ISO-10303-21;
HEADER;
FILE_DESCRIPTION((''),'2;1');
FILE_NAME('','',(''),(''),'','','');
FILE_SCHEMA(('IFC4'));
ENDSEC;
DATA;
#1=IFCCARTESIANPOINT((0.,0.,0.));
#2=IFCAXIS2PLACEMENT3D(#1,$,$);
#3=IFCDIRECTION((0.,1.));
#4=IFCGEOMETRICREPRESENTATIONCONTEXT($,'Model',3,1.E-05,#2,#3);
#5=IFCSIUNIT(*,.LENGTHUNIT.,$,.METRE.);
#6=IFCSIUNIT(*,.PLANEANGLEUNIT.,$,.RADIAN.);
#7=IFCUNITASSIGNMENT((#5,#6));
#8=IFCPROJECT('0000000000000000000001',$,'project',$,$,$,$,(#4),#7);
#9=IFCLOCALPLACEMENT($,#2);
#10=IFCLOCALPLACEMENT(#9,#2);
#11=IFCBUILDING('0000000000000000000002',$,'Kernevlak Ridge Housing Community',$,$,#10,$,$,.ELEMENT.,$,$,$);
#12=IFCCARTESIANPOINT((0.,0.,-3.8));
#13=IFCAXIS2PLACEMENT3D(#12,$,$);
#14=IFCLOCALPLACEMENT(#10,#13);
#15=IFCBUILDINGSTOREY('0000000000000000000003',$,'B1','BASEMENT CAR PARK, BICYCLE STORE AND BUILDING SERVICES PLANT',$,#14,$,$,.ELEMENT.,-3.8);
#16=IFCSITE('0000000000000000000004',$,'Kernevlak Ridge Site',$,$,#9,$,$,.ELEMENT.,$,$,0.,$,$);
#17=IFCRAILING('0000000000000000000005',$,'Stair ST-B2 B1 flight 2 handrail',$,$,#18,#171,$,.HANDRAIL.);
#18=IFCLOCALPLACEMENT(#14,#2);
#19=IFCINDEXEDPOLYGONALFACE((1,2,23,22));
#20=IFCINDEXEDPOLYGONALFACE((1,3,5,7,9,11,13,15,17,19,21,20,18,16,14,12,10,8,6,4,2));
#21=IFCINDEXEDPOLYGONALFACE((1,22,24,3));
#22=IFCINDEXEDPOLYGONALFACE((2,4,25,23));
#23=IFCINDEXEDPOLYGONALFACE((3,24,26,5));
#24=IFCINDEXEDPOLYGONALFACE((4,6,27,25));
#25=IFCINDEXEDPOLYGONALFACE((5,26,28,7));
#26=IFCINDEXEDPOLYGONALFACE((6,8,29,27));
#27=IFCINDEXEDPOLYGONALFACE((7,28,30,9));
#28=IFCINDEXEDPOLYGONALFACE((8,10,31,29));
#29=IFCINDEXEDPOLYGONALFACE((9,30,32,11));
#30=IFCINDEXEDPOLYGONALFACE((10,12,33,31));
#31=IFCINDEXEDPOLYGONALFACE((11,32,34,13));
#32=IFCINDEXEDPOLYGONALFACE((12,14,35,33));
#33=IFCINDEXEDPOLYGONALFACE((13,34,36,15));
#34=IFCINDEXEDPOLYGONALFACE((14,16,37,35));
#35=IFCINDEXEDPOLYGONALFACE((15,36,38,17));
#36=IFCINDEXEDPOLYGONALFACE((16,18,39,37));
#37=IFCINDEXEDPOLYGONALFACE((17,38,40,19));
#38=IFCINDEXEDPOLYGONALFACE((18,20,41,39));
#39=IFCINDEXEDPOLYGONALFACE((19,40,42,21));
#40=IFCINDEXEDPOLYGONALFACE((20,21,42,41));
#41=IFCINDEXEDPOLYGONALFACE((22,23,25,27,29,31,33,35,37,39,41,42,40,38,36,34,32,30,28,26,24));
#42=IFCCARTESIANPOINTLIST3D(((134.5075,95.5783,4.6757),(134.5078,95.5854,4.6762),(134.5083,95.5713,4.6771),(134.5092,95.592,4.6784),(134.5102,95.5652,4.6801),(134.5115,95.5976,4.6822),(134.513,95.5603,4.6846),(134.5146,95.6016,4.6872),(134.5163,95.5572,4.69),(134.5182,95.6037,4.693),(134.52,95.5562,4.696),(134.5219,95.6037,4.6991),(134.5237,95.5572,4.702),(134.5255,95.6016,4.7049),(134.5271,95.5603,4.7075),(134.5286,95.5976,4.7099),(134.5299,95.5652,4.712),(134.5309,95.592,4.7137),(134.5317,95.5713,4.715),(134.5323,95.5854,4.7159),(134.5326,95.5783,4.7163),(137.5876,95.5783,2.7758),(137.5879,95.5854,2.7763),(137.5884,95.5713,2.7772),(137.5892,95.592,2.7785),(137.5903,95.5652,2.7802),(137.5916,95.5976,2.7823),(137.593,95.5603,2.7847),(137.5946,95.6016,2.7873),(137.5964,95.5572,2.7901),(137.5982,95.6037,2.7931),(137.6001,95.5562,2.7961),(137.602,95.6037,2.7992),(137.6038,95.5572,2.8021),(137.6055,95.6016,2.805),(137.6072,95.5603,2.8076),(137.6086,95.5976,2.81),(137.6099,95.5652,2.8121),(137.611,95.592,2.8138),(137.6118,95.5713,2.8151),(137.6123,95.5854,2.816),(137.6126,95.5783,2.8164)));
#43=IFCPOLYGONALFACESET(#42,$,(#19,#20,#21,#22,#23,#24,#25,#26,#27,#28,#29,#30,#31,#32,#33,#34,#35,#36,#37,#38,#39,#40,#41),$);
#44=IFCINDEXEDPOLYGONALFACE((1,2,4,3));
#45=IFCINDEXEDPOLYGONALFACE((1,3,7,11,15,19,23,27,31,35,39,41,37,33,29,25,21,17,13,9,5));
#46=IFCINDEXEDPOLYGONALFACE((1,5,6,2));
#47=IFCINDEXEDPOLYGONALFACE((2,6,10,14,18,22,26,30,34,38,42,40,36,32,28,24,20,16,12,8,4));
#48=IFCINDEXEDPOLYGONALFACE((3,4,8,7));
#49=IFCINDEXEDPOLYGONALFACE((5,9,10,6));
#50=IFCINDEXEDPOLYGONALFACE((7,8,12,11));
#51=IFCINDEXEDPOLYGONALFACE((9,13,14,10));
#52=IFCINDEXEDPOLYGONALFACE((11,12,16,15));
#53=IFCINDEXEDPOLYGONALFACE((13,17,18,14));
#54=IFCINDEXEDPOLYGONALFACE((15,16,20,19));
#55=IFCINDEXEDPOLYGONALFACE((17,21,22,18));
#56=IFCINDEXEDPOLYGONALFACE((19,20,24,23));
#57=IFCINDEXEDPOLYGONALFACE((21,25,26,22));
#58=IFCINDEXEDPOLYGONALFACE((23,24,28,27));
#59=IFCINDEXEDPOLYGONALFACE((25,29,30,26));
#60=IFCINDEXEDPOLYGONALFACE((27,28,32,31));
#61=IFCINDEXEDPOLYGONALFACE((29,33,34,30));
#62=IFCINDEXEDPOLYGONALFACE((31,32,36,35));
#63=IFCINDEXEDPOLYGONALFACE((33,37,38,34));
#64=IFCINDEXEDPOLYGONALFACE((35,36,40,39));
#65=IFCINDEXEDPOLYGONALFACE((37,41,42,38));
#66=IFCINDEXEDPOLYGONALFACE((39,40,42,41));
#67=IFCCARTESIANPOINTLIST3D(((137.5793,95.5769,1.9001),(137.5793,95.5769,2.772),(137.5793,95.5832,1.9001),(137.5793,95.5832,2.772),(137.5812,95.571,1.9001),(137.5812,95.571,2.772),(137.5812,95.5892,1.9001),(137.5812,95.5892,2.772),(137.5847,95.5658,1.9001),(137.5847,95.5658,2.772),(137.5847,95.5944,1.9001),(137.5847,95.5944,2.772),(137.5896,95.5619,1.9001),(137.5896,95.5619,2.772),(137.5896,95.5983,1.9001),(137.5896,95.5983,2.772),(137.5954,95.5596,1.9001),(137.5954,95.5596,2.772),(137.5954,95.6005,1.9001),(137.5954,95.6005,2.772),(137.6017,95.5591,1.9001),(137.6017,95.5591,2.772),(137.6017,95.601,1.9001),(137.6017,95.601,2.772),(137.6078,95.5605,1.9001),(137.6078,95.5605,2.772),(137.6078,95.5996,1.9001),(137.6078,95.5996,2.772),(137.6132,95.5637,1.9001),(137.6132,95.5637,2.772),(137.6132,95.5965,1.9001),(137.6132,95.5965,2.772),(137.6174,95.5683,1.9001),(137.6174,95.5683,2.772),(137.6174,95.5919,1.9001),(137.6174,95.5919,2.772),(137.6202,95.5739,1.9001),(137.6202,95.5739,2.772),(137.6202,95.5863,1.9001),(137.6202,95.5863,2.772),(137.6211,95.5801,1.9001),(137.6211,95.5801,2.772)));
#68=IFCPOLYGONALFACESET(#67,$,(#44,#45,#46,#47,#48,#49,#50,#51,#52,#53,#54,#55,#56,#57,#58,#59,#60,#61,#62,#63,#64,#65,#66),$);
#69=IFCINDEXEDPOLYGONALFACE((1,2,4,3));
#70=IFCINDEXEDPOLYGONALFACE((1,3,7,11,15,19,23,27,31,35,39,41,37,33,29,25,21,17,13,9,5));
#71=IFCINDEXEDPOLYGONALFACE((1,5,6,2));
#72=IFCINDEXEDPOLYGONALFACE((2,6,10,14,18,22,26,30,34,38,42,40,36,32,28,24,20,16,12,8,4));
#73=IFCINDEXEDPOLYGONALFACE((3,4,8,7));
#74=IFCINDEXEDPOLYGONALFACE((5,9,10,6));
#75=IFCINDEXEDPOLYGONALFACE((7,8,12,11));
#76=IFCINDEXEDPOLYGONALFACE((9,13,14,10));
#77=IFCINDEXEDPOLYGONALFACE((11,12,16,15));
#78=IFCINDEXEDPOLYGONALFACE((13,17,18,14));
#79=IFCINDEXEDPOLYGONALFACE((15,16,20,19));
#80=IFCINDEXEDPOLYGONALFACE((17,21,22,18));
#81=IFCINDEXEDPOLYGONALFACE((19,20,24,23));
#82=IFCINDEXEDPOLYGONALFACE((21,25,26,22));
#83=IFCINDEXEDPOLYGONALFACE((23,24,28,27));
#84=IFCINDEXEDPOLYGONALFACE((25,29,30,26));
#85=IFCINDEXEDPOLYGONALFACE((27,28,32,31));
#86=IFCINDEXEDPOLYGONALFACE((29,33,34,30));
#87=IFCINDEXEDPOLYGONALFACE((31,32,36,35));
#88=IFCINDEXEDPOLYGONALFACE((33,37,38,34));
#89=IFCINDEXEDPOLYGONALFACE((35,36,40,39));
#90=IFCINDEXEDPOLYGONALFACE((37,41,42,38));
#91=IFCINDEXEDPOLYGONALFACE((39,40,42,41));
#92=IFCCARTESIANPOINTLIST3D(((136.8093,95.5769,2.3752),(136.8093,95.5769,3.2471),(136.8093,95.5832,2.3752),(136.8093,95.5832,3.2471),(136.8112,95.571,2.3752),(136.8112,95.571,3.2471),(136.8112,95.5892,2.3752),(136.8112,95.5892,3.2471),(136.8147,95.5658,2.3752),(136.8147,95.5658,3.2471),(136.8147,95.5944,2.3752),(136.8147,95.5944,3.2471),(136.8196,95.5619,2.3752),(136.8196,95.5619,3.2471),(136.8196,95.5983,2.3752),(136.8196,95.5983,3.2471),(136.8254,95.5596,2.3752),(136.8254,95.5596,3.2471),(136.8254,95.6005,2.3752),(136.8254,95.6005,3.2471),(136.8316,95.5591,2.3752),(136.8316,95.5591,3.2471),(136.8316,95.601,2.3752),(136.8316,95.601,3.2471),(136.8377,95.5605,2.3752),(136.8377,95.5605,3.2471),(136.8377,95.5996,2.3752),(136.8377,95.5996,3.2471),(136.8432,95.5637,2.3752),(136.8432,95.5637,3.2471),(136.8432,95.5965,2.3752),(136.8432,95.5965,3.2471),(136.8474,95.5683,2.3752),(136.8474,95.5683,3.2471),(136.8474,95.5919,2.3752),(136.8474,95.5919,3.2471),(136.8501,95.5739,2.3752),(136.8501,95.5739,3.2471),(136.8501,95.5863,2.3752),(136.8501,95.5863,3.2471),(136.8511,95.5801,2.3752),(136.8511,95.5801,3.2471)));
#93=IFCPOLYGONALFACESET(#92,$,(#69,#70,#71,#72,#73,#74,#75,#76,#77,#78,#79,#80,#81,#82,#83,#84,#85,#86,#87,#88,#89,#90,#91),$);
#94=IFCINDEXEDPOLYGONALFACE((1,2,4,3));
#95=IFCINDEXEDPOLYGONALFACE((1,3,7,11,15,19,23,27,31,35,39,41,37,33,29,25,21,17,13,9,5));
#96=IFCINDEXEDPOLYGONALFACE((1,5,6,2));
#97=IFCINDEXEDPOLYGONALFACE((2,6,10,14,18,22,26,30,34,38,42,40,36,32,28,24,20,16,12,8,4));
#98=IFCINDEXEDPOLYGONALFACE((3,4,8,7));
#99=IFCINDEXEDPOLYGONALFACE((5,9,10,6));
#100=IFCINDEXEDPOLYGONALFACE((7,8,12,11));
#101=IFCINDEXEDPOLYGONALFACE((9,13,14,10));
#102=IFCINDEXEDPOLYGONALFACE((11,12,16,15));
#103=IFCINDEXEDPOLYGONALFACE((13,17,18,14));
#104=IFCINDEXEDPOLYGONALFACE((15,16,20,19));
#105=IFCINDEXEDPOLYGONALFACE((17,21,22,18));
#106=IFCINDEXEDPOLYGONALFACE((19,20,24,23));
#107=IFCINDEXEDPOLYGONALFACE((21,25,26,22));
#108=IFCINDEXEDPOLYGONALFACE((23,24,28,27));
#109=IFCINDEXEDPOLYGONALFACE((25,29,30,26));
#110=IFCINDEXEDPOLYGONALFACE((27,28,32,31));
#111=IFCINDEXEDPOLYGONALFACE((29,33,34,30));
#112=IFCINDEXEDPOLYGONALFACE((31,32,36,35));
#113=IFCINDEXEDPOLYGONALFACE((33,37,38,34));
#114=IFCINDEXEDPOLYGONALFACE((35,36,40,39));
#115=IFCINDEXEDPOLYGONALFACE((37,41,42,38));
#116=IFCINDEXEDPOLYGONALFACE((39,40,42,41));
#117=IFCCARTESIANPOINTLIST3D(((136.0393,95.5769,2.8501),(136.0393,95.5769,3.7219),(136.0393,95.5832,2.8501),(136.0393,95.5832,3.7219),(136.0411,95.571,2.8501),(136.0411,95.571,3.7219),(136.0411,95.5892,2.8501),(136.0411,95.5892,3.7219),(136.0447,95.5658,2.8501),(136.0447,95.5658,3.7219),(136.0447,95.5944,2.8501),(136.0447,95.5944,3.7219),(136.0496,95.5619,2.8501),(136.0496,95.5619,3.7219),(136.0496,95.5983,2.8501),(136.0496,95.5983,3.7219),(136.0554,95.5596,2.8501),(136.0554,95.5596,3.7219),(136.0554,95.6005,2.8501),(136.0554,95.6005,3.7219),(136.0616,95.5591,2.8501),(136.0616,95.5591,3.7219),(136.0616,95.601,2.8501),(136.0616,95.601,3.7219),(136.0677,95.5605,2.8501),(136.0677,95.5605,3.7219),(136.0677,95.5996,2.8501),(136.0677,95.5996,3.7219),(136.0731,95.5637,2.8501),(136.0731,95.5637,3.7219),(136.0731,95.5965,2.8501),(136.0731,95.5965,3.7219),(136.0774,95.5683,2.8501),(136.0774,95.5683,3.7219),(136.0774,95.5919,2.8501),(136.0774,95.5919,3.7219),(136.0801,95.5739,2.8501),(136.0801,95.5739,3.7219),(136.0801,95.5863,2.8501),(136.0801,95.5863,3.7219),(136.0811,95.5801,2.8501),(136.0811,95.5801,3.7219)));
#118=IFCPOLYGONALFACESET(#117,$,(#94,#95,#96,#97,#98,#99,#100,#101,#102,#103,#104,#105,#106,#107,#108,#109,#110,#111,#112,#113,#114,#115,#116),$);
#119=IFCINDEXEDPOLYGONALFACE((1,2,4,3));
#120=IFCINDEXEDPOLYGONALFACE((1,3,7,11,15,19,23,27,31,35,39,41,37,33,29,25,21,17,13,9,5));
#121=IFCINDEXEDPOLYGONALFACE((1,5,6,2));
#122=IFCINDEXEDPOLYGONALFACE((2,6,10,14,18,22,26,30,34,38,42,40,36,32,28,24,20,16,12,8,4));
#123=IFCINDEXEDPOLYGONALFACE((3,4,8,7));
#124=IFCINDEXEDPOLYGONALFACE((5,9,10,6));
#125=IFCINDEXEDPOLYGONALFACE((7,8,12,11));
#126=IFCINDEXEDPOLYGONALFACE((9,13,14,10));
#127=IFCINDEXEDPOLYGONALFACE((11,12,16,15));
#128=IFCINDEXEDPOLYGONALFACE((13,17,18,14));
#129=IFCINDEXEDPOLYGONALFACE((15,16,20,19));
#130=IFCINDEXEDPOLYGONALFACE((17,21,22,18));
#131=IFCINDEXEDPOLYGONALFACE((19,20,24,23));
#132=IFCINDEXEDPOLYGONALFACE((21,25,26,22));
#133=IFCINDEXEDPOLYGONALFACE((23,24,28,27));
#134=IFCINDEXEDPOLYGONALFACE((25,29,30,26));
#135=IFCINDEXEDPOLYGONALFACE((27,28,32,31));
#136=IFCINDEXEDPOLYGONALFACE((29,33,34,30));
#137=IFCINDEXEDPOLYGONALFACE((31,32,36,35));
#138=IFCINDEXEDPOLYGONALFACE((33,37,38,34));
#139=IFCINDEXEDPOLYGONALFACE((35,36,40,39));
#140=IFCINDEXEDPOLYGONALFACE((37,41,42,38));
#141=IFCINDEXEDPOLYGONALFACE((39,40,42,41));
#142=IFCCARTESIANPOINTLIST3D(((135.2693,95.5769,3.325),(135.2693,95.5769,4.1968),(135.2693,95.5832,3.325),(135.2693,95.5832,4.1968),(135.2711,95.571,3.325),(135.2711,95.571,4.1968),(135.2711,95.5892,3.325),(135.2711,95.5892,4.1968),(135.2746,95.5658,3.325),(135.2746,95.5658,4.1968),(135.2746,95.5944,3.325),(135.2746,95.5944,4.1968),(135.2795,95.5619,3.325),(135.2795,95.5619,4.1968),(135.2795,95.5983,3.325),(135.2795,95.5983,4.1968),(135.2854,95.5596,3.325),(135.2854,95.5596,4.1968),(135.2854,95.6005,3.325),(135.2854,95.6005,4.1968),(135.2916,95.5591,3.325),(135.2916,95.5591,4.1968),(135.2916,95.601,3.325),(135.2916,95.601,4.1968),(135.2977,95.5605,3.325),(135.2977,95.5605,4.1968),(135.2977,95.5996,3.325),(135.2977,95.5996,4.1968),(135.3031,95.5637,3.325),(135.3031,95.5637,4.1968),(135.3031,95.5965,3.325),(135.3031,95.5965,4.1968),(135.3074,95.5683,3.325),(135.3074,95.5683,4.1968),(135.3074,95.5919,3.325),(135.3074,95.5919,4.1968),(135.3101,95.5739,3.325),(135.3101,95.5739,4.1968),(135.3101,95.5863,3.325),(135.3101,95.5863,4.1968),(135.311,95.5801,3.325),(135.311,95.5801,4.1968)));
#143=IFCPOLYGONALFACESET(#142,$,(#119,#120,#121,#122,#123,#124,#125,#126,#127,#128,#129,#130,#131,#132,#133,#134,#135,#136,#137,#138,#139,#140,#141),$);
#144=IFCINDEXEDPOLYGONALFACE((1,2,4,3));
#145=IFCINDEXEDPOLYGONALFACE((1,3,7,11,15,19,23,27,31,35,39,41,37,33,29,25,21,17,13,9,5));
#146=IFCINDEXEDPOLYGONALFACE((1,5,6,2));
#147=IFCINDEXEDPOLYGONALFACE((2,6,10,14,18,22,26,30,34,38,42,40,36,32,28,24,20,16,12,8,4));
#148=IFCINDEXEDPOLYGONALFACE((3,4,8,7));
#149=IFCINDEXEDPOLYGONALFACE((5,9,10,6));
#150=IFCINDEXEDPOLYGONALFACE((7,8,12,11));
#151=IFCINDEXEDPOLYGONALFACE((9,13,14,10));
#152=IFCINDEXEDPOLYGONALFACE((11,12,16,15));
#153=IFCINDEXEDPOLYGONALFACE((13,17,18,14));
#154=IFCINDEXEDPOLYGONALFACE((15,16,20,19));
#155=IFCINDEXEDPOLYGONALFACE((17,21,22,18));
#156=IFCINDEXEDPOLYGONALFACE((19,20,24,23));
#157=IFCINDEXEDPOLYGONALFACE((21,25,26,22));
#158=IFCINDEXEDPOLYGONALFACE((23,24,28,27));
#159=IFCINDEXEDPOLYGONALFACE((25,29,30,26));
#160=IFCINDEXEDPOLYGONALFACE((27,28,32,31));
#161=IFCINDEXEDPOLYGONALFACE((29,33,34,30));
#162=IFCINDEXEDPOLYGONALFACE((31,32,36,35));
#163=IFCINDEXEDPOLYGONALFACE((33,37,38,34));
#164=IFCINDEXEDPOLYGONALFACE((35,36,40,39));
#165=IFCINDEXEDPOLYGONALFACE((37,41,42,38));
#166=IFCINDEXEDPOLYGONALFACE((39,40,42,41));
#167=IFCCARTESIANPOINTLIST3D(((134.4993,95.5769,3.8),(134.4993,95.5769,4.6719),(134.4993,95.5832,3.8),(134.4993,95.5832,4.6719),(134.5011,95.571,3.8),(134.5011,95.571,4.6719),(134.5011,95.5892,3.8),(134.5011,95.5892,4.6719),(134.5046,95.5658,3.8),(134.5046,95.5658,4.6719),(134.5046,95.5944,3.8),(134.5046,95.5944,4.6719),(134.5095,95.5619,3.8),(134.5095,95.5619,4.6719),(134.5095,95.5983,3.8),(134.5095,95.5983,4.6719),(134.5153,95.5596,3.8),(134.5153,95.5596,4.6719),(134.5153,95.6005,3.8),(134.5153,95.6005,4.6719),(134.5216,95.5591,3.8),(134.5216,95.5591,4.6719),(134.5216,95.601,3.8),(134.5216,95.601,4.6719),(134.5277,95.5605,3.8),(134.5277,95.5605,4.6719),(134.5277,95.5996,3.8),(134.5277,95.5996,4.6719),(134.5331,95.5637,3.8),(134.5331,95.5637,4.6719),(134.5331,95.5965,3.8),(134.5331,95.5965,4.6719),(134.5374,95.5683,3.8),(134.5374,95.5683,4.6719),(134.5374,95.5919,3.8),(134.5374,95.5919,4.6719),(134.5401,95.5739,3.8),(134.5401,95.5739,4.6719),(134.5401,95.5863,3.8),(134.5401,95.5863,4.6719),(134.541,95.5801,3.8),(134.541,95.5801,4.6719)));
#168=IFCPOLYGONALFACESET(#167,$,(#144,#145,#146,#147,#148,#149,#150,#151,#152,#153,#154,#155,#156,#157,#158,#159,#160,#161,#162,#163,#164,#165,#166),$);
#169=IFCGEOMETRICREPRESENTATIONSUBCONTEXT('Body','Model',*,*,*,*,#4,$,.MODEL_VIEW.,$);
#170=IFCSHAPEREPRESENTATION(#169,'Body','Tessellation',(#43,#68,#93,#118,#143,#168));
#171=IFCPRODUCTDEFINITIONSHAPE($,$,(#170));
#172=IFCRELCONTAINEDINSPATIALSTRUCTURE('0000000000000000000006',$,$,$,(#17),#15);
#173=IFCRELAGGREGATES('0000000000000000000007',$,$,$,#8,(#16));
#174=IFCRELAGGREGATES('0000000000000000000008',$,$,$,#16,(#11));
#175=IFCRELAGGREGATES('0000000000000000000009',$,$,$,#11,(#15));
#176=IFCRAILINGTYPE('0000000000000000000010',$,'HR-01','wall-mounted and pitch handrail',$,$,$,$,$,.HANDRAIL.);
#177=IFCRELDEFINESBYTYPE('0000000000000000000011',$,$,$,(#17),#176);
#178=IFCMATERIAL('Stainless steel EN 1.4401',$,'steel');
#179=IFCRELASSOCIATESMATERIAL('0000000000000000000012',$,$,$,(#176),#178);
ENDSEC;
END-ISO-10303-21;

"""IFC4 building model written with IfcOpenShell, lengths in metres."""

from ifc_helpers import new_model, si_unit, direction, frame, origin, origin_2d, place, context, subcontext, project, spatial, circle, extrude, material, type_object, element, save


model = new_model("IFC4")

# Units and contexts
model_context = context("Model", 3, precision=1e-05, world=origin(), true_north=direction((0.0, 1.0)))
body_context = subcontext(model_context, "Body", "Model", "MODEL_VIEW")
ifc_project = project(units=[si_unit("LENGTHUNIT", "METRE"), si_unit("PLANEANGLEUNIT", "RADIAN")], contexts=[model_context])

# Site, building, storey
site_placement = place(None, origin())
site = spatial("IfcSite", under=ifc_project, at=site_placement, Name="Kernevlak Ridge Site", CompositionType="ELEMENT", RefElevation=0.0)
building_placement = place(site_placement, origin())
building = spatial("IfcBuilding", under=site, at=building_placement, Name="Kernevlak Ridge Housing Community", CompositionType="ELEMENT")
storey_placement = place(building_placement, frame((0.0, 0.0, -3.8)))
storey = spatial("IfcBuildingStorey", under=building, at=storey_placement, Name="B1", Description="BASEMENT CAR PARK, BICYCLE STORE AND BUILDING SERVICES PLANT", CompositionType="ELEMENT", Elevation=-3.8)

# Railing
ifc_material_1 = material(Name="Stainless steel EN 1.4401", Category="steel")
railing_type_1 = type_object("IfcRailingType", Name="HR-01", Description="wall-mounted and pitch handrail", PredefinedType="HANDRAIL", material=ifc_material_1)
railing_1_placement = place(storey_placement, frame((137.6001, 95.5801, 1.9001)))
element("IfcRailing", 1, at=railing_1_placement, inside=storey, type_object=railing_type_1, Name="Stair ST-B2 B1 flight 2 handrail", PredefinedType="HANDRAIL", context=body_context, shape_type="SweptSolid", body=[
    extrude(circle(Radius=0.0239, at=origin_2d()), frame((0.0, 0.0, 0.896), z_axis=(-0.851107, 0.0, 0.524993), x_axis=(0.0, -1.0, 0.0)), (0.0, 0.0, 1.0), 3.6189),
    extrude(circle(Radius=0.021, at=origin_2d()), origin(), (0.0, 0.0, 1.0), 0.8718),
    extrude(circle(Radius=0.021, at=origin_2d()), frame((-0.77, 0.0, 0.4751)), (0.0, 0.0, 1.0), 0.8718),
    extrude(circle(Radius=0.021, at=origin_2d()), frame((-1.54, 0.0, 0.95)), (0.0, 0.0, 1.0), 0.8718),
    extrude(circle(Radius=0.021, at=origin_2d()), frame((-2.3101, 0.0, 1.4248)), (0.0, 0.0, 1.0), 0.8718),
    extrude(circle(Radius=0.021, at=origin_2d()), frame((-3.0801, 0.0, 1.8999)), (0.0, 0.0, 1.0), 0.8718),
])

save(model, "model.ifc")
